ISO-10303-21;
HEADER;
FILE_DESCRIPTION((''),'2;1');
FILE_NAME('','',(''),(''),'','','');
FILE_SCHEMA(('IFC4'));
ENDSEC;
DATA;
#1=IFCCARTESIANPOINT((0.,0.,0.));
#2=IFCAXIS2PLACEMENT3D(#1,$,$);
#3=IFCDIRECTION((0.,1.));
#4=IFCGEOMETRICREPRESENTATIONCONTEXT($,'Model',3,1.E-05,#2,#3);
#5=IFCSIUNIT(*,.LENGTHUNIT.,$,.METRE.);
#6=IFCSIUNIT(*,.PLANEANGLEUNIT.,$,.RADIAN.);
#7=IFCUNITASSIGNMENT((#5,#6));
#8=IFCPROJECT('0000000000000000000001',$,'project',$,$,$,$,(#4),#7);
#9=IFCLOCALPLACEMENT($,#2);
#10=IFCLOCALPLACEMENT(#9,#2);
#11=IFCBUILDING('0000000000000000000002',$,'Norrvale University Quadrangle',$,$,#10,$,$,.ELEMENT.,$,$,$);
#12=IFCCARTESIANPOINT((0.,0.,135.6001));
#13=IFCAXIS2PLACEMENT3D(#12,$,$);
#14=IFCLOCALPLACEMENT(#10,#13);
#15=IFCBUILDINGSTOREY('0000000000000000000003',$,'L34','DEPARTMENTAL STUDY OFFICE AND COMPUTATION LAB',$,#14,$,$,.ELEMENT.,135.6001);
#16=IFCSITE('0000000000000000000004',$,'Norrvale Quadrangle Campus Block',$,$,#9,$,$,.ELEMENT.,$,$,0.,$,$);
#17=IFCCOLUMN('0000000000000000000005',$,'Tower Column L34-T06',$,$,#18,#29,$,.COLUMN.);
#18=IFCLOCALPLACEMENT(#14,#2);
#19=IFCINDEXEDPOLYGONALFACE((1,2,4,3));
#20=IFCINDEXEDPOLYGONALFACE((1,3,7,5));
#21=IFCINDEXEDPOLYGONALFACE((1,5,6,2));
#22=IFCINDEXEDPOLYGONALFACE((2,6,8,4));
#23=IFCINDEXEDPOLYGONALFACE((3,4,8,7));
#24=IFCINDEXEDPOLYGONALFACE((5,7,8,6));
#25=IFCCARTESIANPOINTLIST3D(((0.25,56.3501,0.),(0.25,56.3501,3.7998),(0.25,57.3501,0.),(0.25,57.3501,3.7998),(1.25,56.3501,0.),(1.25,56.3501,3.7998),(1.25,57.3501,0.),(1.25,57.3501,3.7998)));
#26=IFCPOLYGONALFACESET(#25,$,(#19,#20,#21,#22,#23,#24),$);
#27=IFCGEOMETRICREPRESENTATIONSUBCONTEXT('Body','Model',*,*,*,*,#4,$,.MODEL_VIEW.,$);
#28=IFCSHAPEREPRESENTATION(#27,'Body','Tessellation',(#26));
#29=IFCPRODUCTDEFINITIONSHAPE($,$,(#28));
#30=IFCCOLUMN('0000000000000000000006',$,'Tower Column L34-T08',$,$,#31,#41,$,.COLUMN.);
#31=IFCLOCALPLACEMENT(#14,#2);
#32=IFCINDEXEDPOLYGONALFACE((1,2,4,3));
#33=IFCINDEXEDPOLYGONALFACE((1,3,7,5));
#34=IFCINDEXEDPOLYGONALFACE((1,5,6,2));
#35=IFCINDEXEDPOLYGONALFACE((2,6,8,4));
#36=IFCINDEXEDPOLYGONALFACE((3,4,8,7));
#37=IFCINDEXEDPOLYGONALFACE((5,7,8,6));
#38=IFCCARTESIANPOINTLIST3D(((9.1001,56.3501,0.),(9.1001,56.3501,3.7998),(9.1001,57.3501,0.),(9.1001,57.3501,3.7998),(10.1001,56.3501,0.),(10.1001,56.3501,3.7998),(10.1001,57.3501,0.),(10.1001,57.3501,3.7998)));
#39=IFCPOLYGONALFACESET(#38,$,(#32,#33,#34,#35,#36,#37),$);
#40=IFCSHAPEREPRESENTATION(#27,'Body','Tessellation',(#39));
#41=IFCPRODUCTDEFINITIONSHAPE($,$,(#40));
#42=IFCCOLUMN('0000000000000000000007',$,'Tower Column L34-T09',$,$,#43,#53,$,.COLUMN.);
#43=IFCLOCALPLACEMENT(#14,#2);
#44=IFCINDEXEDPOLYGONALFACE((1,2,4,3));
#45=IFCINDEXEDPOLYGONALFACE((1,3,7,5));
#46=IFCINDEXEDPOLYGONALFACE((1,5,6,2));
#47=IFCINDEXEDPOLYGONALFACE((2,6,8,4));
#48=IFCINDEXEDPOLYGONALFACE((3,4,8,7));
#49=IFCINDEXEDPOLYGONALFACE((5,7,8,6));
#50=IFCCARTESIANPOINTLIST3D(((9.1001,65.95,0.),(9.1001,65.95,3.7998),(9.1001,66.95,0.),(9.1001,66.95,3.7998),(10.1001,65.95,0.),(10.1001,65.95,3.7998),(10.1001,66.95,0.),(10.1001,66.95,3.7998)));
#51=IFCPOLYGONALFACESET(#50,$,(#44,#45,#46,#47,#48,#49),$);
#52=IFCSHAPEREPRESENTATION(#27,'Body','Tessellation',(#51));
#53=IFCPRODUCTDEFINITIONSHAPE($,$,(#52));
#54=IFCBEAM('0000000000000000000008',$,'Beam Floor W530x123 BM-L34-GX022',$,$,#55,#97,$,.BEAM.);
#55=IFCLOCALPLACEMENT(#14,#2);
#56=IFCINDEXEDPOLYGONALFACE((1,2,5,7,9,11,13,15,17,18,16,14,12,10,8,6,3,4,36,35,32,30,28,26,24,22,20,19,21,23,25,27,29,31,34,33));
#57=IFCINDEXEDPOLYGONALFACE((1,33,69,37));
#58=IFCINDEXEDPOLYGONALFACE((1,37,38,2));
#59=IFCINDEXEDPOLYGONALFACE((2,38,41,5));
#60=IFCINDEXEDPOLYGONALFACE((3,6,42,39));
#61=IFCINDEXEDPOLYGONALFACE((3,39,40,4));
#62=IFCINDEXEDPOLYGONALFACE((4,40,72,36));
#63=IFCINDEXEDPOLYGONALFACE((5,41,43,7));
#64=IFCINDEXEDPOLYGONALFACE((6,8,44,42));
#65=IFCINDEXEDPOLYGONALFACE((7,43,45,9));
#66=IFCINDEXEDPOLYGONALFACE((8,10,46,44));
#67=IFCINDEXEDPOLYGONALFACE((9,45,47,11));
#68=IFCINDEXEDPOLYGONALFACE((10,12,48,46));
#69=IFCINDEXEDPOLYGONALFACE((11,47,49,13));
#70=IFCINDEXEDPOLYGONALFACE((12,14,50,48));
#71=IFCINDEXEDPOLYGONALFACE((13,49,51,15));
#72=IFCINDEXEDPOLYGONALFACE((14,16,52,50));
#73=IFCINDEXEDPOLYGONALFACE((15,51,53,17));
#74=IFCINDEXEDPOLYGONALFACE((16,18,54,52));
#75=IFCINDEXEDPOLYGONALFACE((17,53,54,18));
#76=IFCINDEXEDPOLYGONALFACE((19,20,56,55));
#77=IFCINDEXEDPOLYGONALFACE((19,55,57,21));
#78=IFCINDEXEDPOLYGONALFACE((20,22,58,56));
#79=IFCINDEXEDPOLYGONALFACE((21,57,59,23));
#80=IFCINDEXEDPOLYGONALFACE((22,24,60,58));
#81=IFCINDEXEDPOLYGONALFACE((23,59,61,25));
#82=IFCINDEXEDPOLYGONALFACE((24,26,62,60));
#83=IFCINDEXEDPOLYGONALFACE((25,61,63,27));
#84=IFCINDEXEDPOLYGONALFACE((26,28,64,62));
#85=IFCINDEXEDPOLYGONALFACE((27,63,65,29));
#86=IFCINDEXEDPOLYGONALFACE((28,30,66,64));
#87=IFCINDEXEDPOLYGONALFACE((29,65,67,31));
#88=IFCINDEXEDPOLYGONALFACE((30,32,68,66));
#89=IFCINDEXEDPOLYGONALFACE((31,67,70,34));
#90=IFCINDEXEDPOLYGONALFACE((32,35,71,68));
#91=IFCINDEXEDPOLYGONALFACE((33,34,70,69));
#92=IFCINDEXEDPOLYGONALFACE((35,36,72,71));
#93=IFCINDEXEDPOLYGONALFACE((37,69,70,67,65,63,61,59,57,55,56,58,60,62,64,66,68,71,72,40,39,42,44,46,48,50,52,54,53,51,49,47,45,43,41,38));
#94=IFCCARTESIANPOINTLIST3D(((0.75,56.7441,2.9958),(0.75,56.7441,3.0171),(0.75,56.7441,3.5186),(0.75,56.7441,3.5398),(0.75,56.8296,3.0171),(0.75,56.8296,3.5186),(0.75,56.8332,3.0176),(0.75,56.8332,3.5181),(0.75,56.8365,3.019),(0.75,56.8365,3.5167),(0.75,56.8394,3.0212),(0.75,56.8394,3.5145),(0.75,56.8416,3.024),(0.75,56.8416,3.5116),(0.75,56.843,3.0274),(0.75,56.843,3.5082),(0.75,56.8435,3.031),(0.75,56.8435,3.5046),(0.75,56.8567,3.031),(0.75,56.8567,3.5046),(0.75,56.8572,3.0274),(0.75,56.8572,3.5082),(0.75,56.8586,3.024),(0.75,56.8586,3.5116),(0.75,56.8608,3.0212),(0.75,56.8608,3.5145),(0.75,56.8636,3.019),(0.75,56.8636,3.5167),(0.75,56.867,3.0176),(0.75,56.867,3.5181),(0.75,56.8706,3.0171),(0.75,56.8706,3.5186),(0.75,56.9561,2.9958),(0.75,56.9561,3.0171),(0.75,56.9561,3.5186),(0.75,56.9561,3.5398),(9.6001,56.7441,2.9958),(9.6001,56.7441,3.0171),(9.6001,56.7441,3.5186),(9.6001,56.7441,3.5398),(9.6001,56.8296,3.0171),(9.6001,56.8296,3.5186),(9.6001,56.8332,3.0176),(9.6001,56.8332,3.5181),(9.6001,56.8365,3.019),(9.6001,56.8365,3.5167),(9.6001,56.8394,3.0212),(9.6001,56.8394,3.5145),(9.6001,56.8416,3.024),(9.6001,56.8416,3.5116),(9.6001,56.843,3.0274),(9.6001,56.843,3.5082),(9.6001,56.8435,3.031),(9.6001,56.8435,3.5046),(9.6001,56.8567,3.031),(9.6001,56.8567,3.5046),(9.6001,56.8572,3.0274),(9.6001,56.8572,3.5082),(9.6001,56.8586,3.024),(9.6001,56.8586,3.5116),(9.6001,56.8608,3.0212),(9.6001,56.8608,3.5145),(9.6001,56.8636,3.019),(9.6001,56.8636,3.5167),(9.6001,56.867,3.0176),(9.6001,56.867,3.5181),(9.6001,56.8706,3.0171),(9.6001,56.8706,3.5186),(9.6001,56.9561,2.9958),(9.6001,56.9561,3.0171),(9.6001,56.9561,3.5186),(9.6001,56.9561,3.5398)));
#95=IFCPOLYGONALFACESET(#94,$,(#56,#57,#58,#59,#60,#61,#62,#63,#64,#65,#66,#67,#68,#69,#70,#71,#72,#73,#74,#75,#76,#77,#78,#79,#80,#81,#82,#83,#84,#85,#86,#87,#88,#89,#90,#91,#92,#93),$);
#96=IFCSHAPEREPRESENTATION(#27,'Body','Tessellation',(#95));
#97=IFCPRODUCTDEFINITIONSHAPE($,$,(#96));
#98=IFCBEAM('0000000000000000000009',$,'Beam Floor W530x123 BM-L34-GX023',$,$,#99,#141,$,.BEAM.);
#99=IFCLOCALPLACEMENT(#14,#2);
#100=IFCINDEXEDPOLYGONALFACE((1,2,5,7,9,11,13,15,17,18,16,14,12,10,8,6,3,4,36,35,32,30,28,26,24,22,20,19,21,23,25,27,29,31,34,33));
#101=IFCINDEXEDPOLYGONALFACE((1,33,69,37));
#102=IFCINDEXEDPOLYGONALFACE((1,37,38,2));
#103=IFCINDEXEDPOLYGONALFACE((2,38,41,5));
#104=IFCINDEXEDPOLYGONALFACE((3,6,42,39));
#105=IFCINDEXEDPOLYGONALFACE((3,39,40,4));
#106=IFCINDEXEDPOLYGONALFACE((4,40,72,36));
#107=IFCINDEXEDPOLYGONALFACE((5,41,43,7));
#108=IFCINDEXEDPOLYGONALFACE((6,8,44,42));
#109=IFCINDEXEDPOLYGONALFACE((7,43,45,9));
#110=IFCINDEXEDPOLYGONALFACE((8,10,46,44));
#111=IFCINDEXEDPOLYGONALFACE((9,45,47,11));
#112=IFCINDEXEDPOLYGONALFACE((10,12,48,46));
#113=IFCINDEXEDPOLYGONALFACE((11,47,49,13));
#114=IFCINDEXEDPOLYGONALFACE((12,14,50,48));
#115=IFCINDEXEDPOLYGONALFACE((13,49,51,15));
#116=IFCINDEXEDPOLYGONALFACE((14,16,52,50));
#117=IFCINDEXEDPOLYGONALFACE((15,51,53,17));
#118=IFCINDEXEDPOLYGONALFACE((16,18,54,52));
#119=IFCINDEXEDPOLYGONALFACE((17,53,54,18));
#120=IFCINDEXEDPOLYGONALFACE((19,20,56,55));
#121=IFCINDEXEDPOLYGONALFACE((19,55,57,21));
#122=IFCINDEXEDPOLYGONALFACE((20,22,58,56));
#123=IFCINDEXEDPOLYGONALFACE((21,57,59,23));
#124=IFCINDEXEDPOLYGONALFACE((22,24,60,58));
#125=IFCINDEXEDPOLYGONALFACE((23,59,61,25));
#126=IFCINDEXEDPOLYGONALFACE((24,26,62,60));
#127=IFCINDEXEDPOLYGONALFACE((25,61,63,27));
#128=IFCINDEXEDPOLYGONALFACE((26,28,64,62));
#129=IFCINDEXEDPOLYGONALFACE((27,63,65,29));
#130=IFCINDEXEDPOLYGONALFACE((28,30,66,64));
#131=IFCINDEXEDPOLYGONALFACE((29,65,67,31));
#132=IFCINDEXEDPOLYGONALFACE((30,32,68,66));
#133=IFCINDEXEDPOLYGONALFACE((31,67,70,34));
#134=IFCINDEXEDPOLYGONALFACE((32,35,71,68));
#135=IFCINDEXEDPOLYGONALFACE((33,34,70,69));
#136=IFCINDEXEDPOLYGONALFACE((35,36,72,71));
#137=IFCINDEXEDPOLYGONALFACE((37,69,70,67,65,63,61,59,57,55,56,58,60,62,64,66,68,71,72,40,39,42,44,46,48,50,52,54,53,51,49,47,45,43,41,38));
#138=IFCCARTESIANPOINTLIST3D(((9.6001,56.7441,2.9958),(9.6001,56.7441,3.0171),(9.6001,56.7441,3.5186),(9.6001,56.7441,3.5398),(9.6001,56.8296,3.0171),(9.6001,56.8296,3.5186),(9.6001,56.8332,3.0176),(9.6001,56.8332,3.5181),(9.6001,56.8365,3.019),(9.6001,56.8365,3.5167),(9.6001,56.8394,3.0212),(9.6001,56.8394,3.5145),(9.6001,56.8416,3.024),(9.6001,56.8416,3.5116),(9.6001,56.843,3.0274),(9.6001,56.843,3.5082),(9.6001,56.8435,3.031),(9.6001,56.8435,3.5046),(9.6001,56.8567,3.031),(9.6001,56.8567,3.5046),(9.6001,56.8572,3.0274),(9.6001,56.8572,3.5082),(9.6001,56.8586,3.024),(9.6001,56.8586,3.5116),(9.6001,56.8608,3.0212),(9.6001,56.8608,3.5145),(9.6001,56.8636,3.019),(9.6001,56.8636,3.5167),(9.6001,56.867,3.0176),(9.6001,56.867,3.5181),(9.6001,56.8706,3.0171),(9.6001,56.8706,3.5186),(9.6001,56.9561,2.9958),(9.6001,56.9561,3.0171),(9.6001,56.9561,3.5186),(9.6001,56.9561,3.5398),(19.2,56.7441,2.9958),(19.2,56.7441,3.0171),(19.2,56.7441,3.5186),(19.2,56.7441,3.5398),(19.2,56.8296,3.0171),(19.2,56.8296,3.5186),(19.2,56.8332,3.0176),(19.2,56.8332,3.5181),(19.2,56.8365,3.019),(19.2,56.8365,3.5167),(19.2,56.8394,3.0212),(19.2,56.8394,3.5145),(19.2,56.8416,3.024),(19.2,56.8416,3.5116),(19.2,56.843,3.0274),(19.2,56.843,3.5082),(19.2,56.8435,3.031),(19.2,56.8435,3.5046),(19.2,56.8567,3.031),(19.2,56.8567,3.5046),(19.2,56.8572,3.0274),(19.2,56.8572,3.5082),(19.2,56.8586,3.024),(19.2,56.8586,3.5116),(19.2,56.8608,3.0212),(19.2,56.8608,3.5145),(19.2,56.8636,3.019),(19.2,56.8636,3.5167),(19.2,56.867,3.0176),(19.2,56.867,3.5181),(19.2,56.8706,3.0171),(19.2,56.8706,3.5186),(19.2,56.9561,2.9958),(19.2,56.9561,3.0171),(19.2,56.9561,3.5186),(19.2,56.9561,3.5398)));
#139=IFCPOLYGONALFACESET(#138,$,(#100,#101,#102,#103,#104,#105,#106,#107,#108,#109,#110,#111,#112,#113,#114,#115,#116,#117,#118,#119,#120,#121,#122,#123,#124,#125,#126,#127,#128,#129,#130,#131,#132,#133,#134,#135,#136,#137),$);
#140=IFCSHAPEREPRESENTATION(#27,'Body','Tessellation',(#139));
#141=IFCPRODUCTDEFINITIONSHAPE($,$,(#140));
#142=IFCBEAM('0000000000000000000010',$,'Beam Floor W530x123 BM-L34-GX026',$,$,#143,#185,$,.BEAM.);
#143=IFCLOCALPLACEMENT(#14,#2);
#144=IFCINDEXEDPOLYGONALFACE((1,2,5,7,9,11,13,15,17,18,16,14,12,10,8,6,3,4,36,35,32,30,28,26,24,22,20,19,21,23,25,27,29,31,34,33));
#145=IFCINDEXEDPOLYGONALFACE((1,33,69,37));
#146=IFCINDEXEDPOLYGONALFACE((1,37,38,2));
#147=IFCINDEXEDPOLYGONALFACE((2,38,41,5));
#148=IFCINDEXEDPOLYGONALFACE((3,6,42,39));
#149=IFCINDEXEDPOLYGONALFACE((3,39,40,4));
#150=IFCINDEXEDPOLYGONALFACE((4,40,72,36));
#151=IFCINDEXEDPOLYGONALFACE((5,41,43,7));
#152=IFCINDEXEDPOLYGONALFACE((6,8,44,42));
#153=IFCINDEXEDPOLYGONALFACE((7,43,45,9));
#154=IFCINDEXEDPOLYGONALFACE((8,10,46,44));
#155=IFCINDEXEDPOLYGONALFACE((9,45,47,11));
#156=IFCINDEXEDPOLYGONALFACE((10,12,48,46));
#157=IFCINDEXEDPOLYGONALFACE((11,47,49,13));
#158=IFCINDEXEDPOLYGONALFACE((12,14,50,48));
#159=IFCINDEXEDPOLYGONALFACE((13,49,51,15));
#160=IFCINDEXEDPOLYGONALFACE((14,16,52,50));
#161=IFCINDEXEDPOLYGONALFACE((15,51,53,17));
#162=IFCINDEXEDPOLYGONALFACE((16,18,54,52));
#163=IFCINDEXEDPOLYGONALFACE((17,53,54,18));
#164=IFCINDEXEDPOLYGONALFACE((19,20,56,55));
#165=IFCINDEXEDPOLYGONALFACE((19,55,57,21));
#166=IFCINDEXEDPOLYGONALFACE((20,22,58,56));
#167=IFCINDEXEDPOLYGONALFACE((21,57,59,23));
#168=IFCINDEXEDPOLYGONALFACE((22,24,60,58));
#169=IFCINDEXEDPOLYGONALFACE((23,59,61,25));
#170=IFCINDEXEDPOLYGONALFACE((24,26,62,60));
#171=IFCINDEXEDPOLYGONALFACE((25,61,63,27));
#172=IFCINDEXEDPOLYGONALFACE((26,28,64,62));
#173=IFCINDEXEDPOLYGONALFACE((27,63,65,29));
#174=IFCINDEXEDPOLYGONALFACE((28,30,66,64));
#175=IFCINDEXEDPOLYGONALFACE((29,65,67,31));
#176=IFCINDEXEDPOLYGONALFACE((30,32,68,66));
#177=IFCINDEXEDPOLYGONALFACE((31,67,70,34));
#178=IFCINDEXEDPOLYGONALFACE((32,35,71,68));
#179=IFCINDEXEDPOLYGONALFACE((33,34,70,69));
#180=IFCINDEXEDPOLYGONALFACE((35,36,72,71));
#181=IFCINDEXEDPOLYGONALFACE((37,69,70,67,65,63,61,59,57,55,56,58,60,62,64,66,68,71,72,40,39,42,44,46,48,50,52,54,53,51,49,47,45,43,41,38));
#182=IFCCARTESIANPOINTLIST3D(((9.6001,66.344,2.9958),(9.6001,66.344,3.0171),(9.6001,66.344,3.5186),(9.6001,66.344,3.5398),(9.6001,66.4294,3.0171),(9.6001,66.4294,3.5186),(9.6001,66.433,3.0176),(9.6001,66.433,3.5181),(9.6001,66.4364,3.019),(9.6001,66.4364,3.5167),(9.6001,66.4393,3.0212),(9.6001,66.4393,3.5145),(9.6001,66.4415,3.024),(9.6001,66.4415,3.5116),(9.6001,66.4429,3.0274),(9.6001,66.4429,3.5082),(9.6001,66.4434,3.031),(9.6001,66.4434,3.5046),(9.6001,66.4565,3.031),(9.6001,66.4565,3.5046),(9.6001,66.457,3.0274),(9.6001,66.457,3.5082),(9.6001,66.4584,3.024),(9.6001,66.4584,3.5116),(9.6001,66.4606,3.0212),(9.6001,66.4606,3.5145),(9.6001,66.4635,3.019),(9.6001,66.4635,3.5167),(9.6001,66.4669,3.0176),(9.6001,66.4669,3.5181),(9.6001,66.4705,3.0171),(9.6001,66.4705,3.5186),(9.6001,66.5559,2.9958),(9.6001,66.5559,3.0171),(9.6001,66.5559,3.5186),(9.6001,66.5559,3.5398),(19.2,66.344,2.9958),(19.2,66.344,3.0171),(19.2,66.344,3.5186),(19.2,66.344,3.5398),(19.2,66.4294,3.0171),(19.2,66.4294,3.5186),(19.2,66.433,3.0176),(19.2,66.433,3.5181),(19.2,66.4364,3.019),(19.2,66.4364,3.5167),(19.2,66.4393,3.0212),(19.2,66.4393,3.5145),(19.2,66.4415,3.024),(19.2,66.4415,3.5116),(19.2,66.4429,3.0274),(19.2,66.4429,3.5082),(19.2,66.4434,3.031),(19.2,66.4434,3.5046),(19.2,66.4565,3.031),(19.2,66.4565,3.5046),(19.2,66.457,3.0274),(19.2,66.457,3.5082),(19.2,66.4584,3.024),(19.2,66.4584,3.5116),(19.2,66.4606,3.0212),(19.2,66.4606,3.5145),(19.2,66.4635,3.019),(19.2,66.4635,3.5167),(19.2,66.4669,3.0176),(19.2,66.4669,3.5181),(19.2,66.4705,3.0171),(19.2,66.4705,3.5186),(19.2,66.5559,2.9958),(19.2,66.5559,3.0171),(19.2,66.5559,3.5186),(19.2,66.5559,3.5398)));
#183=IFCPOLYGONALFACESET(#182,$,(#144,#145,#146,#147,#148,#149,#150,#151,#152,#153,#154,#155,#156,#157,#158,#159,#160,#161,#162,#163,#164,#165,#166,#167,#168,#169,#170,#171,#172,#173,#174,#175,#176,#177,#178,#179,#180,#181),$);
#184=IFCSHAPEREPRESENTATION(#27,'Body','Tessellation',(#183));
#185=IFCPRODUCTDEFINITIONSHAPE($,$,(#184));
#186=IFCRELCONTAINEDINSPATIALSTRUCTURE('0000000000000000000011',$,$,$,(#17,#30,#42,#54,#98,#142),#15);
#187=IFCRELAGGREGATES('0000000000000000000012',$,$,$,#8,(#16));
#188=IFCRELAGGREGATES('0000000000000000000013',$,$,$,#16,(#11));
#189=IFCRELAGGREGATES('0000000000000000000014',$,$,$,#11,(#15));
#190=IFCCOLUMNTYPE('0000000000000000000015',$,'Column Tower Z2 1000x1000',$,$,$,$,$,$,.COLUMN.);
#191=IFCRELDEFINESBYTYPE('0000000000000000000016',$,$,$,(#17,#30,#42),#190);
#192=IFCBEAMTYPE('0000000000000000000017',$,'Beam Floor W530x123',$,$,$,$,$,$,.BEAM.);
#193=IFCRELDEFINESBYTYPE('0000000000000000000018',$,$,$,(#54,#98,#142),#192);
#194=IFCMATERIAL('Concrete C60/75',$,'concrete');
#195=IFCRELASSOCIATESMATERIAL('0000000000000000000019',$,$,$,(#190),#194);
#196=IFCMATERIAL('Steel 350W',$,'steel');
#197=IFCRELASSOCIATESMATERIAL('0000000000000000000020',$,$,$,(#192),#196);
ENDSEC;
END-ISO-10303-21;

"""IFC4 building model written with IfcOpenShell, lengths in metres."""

from ifc_helpers import new_model, si_unit, direction, frame, origin, origin_2d, place, context, subcontext, project, spatial, rectangle, i_section, extrude, material, material_profile, profile_set, type_object, element, save


model = new_model("IFC4")

# Units and contexts
model_context = context("Model", 3, precision=1e-05, world=origin(), true_north=direction((0.0, 1.0)))
body_context = subcontext(model_context, "Body", "Model", "MODEL_VIEW")
ifc_project = project(units=[si_unit("LENGTHUNIT", "METRE"), si_unit("PLANEANGLEUNIT", "RADIAN")], contexts=[model_context])

# Site, building, storey
site_placement = place(None, origin())
site = spatial("IfcSite", under=ifc_project, at=site_placement, Name="Norrvale Quadrangle Campus Block", CompositionType="ELEMENT", RefElevation=0.0)
building_placement = place(site_placement, origin())
building = spatial("IfcBuilding", under=site, at=building_placement, Name="Norrvale University Quadrangle", CompositionType="ELEMENT")
storey_placement = place(building_placement, frame((0.0, 0.0, 135.6001)))
storey = spatial("IfcBuildingStorey", under=building, at=storey_placement, Name="L34", Description="DEPARTMENTAL STUDY OFFICE AND COMPUTATION LAB", CompositionType="ELEMENT", Elevation=135.6001)

# Columns
ifc_material_1 = material(Name="Concrete C60/75", Category="concrete")
ifc_material_profile_1 = material_profile(ifc_material_1, rectangle(XDim=1.0, YDim=1.0, at=origin_2d()), Name="Concrete C60/75")
ifc_profile_set_1 = profile_set([ifc_material_profile_1], Name="Concrete C60/75")
column_type = type_object("IfcColumnType", Name="Column Tower Z2 1000x1000", PredefinedType="COLUMN", material=ifc_profile_set_1)
for number, where, z_axis, x_axis, name in (
    (1, (0.75, 56.8501, 0.0), (0.0, 0.0, 1.0), (1.0, 0.0, 0.0), "Tower Column L34-T06"),
    (2, (9.6001, 56.8501, 0.0), (0.0, 0.0, 1.0), (1.0, 0.0, 0.0), "Tower Column L34-T08"),
    (3, (9.6001, 66.45, 0.0), (0.0, 0.0, 1.0), (1.0, 0.0, 0.0), "Tower Column L34-T09"),
):
    element("IfcColumn", number, at=place(storey_placement, frame(where, z_axis=z_axis, x_axis=x_axis)), inside=storey, type_object=column_type, Name=name, PredefinedType="COLUMN", context=body_context, shape_type="SweptSolid", body=[
        extrude(rectangle(XDim=1.0, YDim=1.0, at=origin_2d()), origin(), (0.0, 0.0, 1.0), 3.7998),
    ])

# Beams
ifc_material_2 = material(Name="Steel 350W", Category="steel")
ifc_material_profile_2 = material_profile(ifc_material_2, i_section(OverallWidth=0.2119, OverallDepth=0.5439, WebThickness=0.0132, FlangeThickness=0.0212, FilletRadius=0.0139, at=origin_2d()), Name="Steel 350W")
ifc_profile_set_2 = profile_set([ifc_material_profile_2], Name="Steel 350W")
beam_type_1 = type_object("IfcBeamType", Name="Beam Floor W530x123", PredefinedType="BEAM", material=ifc_profile_set_2)
beam_1_placement = place(storey_placement, frame((0.75, 56.8501, 3.2678), z_axis=(1.0, 0.0, 0.0), x_axis=(0.0, 1.0, 0.0)))
element("IfcBeam", 4, at=beam_1_placement, inside=storey, type_object=beam_type_1, Name="Beam Floor W530x123 BM-L34-GX022", PredefinedType="BEAM", context=body_context, shape_type="SweptSolid", body=[
    extrude(i_section(OverallWidth=0.2119, OverallDepth=0.5439, WebThickness=0.0132, FlangeThickness=0.0212, FilletRadius=0.0139, at=origin_2d()), origin(), (0.0, 0.0, 1.0), 8.8501),
])
for number, where, z_axis, x_axis, name in (
    (5, (9.6001, 56.8501, 3.2678), (1.0, 0.0, 0.0), (0.0, 1.0, 0.0), "Beam Floor W530x123 BM-L34-GX023"),
    (6, (9.6001, 66.45, 3.2678), (1.0, 0.0, 0.0), (0.0, 1.0, 0.0), "Beam Floor W530x123 BM-L34-GX026"),
):
    element("IfcBeam", number, at=place(storey_placement, frame(where, z_axis=z_axis, x_axis=x_axis)), inside=storey, type_object=beam_type_1, Name=name, PredefinedType="BEAM", context=body_context, shape_type="SweptSolid", body=[
        extrude(i_section(OverallWidth=0.2119, OverallDepth=0.5439, WebThickness=0.0132, FlangeThickness=0.0212, FilletRadius=0.0139, at=origin_2d()), origin(), (0.0, 0.0, 1.0), 9.5999),
    ])

save(model, "model.ifc")
